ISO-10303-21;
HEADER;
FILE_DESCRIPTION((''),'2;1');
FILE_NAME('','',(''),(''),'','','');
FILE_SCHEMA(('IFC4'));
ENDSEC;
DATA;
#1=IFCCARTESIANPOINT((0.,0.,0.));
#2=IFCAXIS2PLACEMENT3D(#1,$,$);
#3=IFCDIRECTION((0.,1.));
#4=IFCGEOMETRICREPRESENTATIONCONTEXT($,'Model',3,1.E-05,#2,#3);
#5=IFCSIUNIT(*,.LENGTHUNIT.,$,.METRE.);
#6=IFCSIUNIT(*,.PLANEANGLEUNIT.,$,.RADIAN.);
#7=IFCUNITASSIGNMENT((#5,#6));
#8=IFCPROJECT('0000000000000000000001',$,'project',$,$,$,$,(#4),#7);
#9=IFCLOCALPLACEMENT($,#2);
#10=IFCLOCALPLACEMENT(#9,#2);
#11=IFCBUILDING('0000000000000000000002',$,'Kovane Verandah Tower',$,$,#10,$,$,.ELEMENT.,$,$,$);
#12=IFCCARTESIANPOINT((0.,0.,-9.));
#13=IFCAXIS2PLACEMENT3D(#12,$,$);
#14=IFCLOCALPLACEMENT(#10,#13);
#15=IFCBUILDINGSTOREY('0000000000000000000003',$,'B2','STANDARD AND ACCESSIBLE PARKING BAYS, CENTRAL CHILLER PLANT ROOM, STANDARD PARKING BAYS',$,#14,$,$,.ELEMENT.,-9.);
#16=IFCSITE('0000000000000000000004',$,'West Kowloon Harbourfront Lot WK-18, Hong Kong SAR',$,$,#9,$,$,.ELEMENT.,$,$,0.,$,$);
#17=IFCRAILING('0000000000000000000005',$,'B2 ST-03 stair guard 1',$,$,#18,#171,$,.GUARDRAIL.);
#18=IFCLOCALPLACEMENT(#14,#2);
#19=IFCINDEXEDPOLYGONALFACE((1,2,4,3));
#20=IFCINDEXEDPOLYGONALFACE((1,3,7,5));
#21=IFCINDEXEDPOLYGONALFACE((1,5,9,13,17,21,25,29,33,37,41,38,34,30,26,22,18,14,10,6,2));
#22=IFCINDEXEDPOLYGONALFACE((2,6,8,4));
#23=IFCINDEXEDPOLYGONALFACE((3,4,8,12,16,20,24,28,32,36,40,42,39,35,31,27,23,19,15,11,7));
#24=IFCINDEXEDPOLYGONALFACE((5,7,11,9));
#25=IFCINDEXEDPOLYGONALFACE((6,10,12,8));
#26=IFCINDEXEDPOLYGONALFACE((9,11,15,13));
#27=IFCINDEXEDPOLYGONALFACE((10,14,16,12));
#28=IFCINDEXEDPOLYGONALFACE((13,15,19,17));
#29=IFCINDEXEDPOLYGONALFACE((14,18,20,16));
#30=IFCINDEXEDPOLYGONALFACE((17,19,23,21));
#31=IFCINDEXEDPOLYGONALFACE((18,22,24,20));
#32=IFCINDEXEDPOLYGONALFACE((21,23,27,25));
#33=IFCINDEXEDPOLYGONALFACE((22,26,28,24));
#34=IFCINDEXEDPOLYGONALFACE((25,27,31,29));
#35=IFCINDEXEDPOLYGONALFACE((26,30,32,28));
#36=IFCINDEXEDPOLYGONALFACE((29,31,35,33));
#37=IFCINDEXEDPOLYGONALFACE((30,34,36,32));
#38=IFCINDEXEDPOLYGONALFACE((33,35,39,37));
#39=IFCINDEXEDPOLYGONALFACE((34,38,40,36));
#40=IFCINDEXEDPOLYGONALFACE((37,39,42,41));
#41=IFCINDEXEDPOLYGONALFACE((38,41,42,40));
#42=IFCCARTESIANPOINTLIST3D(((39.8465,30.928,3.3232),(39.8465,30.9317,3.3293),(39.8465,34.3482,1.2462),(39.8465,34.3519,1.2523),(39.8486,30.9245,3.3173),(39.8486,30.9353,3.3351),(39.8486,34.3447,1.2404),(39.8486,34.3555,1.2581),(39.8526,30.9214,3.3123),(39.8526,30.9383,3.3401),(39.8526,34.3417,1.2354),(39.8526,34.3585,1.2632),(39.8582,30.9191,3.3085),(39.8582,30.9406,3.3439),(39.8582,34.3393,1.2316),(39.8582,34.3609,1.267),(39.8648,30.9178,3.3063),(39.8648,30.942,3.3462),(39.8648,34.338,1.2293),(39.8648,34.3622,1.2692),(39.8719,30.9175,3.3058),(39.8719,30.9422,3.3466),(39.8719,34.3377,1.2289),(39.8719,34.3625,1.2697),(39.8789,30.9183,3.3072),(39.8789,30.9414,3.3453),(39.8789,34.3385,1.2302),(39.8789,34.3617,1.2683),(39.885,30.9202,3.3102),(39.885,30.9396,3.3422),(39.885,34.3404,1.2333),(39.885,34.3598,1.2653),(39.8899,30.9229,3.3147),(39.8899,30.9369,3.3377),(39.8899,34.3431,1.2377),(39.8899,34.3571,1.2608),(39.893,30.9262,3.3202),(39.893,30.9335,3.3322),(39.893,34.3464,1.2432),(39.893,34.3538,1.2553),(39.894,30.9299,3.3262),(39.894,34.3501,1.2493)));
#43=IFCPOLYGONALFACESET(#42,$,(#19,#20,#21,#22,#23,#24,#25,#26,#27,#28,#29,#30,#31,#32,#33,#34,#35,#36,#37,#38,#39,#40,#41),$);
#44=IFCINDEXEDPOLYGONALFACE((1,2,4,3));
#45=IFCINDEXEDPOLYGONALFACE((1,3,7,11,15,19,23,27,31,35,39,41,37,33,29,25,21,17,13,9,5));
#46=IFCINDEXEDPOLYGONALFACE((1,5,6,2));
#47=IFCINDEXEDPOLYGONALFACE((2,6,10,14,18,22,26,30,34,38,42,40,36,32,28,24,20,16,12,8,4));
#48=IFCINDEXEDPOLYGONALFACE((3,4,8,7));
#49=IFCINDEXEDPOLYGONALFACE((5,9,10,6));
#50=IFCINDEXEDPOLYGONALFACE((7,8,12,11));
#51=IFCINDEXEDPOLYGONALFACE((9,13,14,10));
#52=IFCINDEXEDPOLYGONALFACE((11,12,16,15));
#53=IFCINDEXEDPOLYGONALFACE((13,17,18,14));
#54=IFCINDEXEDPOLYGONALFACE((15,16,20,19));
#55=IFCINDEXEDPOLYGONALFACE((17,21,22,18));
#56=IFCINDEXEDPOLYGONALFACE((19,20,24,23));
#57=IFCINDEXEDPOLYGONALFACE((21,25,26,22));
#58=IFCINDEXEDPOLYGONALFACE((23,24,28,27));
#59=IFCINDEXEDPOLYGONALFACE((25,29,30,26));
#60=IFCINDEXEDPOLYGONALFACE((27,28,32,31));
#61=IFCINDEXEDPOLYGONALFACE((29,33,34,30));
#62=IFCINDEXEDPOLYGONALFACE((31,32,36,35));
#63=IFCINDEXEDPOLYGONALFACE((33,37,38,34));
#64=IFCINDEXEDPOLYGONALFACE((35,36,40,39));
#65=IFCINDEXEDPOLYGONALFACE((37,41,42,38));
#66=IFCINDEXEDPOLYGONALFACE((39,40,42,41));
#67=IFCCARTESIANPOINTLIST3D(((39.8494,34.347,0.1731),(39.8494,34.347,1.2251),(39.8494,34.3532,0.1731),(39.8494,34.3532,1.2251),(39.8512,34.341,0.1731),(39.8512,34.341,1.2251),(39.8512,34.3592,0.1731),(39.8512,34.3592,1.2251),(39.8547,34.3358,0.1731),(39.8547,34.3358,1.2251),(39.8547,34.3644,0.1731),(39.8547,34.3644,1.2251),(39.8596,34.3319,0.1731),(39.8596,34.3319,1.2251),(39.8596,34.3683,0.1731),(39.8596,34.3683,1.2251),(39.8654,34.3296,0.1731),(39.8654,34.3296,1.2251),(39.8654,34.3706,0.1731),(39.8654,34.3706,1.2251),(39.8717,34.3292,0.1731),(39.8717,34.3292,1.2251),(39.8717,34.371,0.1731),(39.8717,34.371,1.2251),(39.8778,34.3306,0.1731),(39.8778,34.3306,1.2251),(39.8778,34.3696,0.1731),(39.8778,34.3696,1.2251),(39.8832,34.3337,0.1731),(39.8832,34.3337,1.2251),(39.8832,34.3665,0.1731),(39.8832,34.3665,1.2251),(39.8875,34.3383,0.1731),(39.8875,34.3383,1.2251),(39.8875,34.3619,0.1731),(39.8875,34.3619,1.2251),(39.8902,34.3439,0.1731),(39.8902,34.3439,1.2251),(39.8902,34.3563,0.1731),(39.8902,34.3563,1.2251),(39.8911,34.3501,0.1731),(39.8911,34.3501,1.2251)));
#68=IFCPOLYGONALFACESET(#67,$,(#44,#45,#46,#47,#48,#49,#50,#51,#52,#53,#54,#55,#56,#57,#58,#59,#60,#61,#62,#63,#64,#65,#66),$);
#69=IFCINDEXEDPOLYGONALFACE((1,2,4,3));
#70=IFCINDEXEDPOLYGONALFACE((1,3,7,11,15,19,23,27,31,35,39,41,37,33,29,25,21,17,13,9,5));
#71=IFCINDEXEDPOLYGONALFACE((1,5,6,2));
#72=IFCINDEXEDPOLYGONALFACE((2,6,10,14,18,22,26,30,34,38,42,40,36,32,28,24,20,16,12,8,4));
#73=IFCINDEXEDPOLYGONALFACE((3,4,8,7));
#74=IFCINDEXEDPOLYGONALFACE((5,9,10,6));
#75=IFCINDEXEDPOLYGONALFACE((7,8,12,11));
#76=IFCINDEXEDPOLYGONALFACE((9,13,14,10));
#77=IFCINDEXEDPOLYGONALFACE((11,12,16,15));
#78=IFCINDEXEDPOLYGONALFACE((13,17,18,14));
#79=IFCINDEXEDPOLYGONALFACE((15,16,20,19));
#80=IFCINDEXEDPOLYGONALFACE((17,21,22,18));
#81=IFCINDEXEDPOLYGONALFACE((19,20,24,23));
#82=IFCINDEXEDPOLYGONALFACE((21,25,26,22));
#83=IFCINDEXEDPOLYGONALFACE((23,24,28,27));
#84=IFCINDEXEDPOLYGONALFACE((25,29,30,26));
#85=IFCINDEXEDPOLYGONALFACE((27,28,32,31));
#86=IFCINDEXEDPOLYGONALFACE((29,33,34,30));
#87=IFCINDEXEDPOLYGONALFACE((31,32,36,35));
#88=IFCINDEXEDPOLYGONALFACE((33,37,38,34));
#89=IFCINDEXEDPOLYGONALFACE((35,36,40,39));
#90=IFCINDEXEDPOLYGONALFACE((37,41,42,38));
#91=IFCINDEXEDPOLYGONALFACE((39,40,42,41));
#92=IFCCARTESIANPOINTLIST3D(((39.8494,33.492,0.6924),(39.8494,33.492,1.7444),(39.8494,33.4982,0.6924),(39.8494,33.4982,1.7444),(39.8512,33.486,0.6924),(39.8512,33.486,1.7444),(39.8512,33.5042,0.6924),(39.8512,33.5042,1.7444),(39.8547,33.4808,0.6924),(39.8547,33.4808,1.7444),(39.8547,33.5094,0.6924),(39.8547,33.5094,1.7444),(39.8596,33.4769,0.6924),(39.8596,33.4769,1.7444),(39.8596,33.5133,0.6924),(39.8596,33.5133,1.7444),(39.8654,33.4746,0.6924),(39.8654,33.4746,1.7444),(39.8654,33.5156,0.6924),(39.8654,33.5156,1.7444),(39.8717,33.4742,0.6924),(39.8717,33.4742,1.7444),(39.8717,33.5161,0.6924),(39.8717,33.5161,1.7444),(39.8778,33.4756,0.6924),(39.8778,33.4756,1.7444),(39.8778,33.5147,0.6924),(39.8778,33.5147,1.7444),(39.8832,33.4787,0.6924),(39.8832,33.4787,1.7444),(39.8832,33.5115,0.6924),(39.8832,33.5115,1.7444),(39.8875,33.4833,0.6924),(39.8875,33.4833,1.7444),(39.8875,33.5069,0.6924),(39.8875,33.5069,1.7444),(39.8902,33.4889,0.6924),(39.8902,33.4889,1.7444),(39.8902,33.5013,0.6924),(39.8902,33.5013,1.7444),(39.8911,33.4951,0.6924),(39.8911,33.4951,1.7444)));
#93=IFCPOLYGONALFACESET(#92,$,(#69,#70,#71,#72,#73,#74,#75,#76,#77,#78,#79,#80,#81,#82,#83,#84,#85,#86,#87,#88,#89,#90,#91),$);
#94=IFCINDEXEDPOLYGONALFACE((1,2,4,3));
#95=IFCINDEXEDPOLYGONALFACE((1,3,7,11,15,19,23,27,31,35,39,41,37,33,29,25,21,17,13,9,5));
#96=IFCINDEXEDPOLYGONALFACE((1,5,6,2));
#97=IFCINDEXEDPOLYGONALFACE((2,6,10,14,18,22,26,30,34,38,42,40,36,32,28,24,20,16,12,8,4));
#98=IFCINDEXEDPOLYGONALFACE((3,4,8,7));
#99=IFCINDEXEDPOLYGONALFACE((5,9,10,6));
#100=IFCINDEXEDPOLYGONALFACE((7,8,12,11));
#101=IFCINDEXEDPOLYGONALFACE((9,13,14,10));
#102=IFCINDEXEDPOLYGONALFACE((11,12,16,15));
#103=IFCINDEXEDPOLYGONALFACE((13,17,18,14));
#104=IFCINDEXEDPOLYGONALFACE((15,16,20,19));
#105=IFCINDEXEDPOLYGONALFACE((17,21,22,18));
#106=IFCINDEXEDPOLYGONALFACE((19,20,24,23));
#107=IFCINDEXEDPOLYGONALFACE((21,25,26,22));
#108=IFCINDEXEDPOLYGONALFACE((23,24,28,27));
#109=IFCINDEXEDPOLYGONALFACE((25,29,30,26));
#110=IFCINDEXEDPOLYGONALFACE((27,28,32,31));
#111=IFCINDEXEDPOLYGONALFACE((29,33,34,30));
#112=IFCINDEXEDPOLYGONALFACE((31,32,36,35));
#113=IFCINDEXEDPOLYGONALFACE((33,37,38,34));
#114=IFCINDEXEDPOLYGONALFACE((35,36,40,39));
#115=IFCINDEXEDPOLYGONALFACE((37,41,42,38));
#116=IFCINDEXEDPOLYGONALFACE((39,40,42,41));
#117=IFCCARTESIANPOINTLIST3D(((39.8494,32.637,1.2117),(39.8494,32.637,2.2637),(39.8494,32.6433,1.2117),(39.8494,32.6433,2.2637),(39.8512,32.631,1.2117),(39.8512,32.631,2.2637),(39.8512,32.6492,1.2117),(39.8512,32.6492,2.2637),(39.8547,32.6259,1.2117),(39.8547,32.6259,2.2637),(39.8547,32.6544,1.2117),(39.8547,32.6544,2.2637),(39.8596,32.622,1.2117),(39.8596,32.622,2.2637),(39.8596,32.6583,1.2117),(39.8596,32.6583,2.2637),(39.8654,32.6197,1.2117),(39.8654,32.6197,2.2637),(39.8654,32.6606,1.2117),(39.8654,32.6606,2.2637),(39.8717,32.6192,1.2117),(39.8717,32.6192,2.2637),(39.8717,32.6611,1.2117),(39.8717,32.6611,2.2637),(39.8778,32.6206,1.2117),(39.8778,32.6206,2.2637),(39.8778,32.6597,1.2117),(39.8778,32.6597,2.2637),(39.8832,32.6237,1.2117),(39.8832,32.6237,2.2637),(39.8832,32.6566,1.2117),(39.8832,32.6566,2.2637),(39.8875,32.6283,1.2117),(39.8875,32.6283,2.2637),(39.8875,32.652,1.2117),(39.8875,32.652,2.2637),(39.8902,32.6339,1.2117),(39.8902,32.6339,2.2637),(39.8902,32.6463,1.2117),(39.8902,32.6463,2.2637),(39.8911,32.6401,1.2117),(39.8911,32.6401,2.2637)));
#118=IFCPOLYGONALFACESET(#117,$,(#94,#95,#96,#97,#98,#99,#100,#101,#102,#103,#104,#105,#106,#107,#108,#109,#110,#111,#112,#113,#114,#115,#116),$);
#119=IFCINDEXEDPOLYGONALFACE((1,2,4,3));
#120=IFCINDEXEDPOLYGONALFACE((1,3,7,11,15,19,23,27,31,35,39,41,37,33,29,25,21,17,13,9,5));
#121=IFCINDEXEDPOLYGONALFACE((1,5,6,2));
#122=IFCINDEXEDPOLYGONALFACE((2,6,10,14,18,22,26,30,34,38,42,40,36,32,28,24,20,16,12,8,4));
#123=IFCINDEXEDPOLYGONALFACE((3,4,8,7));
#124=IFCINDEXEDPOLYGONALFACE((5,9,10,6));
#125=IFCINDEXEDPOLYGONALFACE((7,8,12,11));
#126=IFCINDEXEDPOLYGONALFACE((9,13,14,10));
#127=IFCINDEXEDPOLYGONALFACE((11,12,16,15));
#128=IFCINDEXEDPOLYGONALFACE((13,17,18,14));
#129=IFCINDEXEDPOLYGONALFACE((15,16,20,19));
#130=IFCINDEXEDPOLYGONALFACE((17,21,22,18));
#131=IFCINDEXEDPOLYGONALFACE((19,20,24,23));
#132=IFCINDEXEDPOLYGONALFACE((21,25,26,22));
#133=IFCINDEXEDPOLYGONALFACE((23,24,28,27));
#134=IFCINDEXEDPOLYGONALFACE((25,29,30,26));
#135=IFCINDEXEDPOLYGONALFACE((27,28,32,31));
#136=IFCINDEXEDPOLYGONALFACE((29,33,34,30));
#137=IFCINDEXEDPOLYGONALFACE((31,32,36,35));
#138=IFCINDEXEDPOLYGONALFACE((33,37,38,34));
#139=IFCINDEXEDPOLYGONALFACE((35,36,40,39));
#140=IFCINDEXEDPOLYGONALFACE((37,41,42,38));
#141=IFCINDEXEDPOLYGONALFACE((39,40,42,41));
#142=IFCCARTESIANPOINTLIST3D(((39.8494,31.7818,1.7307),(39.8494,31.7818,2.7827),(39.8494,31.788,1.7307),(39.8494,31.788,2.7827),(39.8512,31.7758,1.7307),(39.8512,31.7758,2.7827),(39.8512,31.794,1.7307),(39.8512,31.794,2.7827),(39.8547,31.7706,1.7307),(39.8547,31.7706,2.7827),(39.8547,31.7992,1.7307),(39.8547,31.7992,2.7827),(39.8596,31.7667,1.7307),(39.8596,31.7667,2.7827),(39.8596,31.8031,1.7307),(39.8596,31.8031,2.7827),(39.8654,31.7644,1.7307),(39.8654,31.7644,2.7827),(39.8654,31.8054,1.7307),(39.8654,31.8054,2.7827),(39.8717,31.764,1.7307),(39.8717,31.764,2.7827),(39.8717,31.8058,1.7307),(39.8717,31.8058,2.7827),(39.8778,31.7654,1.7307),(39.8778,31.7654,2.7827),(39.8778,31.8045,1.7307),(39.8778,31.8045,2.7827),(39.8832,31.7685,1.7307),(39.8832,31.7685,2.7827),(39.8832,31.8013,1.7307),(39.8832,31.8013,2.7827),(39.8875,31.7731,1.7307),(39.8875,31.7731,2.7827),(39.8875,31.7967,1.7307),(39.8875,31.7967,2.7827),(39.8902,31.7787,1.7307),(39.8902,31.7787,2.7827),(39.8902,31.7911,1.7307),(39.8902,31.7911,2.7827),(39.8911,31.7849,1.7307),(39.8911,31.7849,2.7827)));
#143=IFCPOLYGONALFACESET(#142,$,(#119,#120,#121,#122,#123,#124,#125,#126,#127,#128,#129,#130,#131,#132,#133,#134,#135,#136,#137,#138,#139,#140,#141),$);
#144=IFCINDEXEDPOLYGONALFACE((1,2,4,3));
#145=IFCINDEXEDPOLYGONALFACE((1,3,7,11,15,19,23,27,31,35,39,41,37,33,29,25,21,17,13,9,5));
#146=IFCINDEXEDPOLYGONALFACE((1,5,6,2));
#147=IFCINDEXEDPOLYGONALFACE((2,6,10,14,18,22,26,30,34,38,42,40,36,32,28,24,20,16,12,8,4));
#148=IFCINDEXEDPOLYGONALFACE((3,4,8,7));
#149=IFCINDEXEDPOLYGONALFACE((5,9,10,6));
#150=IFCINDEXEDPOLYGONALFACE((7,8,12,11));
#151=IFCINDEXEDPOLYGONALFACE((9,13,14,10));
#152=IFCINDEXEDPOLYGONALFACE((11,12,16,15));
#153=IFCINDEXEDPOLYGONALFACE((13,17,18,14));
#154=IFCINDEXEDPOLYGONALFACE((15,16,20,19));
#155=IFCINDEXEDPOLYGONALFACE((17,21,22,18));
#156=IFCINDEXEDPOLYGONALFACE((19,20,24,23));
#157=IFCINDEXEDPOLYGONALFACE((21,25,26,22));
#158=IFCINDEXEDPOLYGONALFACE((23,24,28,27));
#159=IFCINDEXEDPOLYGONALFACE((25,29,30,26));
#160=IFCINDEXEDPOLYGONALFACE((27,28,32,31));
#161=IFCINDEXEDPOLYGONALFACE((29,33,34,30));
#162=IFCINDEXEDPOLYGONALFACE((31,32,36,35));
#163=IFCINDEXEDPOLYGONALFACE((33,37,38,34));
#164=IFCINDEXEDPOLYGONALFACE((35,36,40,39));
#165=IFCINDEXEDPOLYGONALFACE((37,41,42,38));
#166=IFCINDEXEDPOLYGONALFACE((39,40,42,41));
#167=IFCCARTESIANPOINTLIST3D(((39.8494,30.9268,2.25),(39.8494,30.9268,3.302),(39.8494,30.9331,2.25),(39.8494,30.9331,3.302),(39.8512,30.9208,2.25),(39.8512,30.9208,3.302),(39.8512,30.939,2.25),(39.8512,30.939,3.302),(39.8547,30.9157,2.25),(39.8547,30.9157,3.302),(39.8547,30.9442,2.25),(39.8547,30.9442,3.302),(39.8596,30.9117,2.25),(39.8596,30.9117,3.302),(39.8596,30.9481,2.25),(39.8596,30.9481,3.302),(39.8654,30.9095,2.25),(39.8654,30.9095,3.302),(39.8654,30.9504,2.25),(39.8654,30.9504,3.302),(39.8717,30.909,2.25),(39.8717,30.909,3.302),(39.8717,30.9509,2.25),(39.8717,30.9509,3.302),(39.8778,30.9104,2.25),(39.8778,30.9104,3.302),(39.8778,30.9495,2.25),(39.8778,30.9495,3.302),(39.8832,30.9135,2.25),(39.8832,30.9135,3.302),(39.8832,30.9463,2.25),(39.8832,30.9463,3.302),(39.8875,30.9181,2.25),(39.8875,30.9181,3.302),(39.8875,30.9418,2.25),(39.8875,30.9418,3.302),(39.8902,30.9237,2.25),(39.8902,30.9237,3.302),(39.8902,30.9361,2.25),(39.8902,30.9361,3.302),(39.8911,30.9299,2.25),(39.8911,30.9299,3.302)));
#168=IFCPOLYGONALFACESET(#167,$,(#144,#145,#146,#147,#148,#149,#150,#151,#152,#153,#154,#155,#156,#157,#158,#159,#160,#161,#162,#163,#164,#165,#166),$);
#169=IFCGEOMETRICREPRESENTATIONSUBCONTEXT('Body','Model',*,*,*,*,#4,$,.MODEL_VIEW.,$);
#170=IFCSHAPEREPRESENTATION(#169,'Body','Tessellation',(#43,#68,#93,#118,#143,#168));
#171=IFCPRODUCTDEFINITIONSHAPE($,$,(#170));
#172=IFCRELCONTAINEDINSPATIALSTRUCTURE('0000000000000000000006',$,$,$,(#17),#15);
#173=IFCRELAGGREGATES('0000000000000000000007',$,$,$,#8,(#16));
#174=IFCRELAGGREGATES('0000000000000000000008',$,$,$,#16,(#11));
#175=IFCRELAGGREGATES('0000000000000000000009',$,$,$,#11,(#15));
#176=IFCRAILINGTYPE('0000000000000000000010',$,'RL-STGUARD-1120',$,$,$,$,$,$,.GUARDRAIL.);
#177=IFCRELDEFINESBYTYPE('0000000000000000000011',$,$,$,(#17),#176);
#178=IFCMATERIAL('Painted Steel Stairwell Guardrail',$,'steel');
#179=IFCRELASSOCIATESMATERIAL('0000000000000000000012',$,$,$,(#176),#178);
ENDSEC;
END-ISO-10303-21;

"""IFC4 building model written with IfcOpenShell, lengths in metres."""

from ifc_helpers import new_model, si_unit, direction, frame, origin, origin_2d, place, context, subcontext, project, spatial, circle, extrude, material, type_object, element, save


model = new_model("IFC4")

# Units and contexts
model_context = context("Model", 3, precision=1e-05, world=origin(), true_north=direction((0.0, 1.0)))
body_context = subcontext(model_context, "Body", "Model", "MODEL_VIEW")
ifc_project = project(units=[si_unit("LENGTHUNIT", "METRE"), si_unit("PLANEANGLEUNIT", "RADIAN")], contexts=[model_context])

# Site, building, storey
site_placement = place(None, origin())
site = spatial("IfcSite", under=ifc_project, at=site_placement, Name="West Kowloon Harbourfront Lot WK-18, Hong Kong SAR", CompositionType="ELEMENT", RefElevation=0.0)
building_placement = place(site_placement, origin())
building = spatial("IfcBuilding", under=site, at=building_placement, Name="Kovane Verandah Tower", CompositionType="ELEMENT")
storey_placement = place(building_placement, frame((0.0, 0.0, -9.0)))
storey = spatial("IfcBuildingStorey", under=building, at=storey_placement, Name="B2", Description="STANDARD AND ACCESSIBLE PARKING BAYS, CENTRAL CHILLER PLANT ROOM, STANDARD PARKING BAYS", CompositionType="ELEMENT", Elevation=-9.0)

# Railing
ifc_material_1 = material(Name="Painted Steel Stairwell Guardrail", Category="steel")
railing_type_1 = type_object("IfcRailingType", Name="RL-STGUARD-1120", PredefinedType="GUARDRAIL", material=ifc_material_1)
railing_1_placement = place(storey_placement, frame((39.8701, 34.3501, 0.1731)))
element("IfcRailing", 1, at=railing_1_placement, inside=storey, type_object=railing_type_1, Name="B2 ST-03 stair guard 1", PredefinedType="GUARDRAIL", context=body_context, shape_type="SweptSolid", body=[
    extrude(circle(Radius=0.0239, at=origin_2d()), frame((0.0, 0.0, 1.0762), z_axis=(0.0, -0.854746, 0.519047), x_axis=(1.0, 0.0, 0.0)), (0.0, 0.0, 1.0), 4.0015),
    extrude(circle(Radius=0.021, at=origin_2d()), origin(), (0.0, 0.0, 1.0), 1.052),
    extrude(circle(Radius=0.021, at=origin_2d()), frame((0.0, -0.855, 0.5193)), (0.0, 0.0, 1.0), 1.052),
    extrude(circle(Radius=0.021, at=origin_2d()), frame((0.0, -1.71, 1.0386)), (0.0, 0.0, 1.0), 1.052),
    extrude(circle(Radius=0.021, at=origin_2d()), frame((0.0, -2.5652, 1.5576)), (0.0, 0.0, 1.0), 1.052),
    extrude(circle(Radius=0.021, at=origin_2d()), frame((0.0, -3.4202, 2.0769)), (0.0, 0.0, 1.0), 1.052),
])

save(model, "model.ifc")
